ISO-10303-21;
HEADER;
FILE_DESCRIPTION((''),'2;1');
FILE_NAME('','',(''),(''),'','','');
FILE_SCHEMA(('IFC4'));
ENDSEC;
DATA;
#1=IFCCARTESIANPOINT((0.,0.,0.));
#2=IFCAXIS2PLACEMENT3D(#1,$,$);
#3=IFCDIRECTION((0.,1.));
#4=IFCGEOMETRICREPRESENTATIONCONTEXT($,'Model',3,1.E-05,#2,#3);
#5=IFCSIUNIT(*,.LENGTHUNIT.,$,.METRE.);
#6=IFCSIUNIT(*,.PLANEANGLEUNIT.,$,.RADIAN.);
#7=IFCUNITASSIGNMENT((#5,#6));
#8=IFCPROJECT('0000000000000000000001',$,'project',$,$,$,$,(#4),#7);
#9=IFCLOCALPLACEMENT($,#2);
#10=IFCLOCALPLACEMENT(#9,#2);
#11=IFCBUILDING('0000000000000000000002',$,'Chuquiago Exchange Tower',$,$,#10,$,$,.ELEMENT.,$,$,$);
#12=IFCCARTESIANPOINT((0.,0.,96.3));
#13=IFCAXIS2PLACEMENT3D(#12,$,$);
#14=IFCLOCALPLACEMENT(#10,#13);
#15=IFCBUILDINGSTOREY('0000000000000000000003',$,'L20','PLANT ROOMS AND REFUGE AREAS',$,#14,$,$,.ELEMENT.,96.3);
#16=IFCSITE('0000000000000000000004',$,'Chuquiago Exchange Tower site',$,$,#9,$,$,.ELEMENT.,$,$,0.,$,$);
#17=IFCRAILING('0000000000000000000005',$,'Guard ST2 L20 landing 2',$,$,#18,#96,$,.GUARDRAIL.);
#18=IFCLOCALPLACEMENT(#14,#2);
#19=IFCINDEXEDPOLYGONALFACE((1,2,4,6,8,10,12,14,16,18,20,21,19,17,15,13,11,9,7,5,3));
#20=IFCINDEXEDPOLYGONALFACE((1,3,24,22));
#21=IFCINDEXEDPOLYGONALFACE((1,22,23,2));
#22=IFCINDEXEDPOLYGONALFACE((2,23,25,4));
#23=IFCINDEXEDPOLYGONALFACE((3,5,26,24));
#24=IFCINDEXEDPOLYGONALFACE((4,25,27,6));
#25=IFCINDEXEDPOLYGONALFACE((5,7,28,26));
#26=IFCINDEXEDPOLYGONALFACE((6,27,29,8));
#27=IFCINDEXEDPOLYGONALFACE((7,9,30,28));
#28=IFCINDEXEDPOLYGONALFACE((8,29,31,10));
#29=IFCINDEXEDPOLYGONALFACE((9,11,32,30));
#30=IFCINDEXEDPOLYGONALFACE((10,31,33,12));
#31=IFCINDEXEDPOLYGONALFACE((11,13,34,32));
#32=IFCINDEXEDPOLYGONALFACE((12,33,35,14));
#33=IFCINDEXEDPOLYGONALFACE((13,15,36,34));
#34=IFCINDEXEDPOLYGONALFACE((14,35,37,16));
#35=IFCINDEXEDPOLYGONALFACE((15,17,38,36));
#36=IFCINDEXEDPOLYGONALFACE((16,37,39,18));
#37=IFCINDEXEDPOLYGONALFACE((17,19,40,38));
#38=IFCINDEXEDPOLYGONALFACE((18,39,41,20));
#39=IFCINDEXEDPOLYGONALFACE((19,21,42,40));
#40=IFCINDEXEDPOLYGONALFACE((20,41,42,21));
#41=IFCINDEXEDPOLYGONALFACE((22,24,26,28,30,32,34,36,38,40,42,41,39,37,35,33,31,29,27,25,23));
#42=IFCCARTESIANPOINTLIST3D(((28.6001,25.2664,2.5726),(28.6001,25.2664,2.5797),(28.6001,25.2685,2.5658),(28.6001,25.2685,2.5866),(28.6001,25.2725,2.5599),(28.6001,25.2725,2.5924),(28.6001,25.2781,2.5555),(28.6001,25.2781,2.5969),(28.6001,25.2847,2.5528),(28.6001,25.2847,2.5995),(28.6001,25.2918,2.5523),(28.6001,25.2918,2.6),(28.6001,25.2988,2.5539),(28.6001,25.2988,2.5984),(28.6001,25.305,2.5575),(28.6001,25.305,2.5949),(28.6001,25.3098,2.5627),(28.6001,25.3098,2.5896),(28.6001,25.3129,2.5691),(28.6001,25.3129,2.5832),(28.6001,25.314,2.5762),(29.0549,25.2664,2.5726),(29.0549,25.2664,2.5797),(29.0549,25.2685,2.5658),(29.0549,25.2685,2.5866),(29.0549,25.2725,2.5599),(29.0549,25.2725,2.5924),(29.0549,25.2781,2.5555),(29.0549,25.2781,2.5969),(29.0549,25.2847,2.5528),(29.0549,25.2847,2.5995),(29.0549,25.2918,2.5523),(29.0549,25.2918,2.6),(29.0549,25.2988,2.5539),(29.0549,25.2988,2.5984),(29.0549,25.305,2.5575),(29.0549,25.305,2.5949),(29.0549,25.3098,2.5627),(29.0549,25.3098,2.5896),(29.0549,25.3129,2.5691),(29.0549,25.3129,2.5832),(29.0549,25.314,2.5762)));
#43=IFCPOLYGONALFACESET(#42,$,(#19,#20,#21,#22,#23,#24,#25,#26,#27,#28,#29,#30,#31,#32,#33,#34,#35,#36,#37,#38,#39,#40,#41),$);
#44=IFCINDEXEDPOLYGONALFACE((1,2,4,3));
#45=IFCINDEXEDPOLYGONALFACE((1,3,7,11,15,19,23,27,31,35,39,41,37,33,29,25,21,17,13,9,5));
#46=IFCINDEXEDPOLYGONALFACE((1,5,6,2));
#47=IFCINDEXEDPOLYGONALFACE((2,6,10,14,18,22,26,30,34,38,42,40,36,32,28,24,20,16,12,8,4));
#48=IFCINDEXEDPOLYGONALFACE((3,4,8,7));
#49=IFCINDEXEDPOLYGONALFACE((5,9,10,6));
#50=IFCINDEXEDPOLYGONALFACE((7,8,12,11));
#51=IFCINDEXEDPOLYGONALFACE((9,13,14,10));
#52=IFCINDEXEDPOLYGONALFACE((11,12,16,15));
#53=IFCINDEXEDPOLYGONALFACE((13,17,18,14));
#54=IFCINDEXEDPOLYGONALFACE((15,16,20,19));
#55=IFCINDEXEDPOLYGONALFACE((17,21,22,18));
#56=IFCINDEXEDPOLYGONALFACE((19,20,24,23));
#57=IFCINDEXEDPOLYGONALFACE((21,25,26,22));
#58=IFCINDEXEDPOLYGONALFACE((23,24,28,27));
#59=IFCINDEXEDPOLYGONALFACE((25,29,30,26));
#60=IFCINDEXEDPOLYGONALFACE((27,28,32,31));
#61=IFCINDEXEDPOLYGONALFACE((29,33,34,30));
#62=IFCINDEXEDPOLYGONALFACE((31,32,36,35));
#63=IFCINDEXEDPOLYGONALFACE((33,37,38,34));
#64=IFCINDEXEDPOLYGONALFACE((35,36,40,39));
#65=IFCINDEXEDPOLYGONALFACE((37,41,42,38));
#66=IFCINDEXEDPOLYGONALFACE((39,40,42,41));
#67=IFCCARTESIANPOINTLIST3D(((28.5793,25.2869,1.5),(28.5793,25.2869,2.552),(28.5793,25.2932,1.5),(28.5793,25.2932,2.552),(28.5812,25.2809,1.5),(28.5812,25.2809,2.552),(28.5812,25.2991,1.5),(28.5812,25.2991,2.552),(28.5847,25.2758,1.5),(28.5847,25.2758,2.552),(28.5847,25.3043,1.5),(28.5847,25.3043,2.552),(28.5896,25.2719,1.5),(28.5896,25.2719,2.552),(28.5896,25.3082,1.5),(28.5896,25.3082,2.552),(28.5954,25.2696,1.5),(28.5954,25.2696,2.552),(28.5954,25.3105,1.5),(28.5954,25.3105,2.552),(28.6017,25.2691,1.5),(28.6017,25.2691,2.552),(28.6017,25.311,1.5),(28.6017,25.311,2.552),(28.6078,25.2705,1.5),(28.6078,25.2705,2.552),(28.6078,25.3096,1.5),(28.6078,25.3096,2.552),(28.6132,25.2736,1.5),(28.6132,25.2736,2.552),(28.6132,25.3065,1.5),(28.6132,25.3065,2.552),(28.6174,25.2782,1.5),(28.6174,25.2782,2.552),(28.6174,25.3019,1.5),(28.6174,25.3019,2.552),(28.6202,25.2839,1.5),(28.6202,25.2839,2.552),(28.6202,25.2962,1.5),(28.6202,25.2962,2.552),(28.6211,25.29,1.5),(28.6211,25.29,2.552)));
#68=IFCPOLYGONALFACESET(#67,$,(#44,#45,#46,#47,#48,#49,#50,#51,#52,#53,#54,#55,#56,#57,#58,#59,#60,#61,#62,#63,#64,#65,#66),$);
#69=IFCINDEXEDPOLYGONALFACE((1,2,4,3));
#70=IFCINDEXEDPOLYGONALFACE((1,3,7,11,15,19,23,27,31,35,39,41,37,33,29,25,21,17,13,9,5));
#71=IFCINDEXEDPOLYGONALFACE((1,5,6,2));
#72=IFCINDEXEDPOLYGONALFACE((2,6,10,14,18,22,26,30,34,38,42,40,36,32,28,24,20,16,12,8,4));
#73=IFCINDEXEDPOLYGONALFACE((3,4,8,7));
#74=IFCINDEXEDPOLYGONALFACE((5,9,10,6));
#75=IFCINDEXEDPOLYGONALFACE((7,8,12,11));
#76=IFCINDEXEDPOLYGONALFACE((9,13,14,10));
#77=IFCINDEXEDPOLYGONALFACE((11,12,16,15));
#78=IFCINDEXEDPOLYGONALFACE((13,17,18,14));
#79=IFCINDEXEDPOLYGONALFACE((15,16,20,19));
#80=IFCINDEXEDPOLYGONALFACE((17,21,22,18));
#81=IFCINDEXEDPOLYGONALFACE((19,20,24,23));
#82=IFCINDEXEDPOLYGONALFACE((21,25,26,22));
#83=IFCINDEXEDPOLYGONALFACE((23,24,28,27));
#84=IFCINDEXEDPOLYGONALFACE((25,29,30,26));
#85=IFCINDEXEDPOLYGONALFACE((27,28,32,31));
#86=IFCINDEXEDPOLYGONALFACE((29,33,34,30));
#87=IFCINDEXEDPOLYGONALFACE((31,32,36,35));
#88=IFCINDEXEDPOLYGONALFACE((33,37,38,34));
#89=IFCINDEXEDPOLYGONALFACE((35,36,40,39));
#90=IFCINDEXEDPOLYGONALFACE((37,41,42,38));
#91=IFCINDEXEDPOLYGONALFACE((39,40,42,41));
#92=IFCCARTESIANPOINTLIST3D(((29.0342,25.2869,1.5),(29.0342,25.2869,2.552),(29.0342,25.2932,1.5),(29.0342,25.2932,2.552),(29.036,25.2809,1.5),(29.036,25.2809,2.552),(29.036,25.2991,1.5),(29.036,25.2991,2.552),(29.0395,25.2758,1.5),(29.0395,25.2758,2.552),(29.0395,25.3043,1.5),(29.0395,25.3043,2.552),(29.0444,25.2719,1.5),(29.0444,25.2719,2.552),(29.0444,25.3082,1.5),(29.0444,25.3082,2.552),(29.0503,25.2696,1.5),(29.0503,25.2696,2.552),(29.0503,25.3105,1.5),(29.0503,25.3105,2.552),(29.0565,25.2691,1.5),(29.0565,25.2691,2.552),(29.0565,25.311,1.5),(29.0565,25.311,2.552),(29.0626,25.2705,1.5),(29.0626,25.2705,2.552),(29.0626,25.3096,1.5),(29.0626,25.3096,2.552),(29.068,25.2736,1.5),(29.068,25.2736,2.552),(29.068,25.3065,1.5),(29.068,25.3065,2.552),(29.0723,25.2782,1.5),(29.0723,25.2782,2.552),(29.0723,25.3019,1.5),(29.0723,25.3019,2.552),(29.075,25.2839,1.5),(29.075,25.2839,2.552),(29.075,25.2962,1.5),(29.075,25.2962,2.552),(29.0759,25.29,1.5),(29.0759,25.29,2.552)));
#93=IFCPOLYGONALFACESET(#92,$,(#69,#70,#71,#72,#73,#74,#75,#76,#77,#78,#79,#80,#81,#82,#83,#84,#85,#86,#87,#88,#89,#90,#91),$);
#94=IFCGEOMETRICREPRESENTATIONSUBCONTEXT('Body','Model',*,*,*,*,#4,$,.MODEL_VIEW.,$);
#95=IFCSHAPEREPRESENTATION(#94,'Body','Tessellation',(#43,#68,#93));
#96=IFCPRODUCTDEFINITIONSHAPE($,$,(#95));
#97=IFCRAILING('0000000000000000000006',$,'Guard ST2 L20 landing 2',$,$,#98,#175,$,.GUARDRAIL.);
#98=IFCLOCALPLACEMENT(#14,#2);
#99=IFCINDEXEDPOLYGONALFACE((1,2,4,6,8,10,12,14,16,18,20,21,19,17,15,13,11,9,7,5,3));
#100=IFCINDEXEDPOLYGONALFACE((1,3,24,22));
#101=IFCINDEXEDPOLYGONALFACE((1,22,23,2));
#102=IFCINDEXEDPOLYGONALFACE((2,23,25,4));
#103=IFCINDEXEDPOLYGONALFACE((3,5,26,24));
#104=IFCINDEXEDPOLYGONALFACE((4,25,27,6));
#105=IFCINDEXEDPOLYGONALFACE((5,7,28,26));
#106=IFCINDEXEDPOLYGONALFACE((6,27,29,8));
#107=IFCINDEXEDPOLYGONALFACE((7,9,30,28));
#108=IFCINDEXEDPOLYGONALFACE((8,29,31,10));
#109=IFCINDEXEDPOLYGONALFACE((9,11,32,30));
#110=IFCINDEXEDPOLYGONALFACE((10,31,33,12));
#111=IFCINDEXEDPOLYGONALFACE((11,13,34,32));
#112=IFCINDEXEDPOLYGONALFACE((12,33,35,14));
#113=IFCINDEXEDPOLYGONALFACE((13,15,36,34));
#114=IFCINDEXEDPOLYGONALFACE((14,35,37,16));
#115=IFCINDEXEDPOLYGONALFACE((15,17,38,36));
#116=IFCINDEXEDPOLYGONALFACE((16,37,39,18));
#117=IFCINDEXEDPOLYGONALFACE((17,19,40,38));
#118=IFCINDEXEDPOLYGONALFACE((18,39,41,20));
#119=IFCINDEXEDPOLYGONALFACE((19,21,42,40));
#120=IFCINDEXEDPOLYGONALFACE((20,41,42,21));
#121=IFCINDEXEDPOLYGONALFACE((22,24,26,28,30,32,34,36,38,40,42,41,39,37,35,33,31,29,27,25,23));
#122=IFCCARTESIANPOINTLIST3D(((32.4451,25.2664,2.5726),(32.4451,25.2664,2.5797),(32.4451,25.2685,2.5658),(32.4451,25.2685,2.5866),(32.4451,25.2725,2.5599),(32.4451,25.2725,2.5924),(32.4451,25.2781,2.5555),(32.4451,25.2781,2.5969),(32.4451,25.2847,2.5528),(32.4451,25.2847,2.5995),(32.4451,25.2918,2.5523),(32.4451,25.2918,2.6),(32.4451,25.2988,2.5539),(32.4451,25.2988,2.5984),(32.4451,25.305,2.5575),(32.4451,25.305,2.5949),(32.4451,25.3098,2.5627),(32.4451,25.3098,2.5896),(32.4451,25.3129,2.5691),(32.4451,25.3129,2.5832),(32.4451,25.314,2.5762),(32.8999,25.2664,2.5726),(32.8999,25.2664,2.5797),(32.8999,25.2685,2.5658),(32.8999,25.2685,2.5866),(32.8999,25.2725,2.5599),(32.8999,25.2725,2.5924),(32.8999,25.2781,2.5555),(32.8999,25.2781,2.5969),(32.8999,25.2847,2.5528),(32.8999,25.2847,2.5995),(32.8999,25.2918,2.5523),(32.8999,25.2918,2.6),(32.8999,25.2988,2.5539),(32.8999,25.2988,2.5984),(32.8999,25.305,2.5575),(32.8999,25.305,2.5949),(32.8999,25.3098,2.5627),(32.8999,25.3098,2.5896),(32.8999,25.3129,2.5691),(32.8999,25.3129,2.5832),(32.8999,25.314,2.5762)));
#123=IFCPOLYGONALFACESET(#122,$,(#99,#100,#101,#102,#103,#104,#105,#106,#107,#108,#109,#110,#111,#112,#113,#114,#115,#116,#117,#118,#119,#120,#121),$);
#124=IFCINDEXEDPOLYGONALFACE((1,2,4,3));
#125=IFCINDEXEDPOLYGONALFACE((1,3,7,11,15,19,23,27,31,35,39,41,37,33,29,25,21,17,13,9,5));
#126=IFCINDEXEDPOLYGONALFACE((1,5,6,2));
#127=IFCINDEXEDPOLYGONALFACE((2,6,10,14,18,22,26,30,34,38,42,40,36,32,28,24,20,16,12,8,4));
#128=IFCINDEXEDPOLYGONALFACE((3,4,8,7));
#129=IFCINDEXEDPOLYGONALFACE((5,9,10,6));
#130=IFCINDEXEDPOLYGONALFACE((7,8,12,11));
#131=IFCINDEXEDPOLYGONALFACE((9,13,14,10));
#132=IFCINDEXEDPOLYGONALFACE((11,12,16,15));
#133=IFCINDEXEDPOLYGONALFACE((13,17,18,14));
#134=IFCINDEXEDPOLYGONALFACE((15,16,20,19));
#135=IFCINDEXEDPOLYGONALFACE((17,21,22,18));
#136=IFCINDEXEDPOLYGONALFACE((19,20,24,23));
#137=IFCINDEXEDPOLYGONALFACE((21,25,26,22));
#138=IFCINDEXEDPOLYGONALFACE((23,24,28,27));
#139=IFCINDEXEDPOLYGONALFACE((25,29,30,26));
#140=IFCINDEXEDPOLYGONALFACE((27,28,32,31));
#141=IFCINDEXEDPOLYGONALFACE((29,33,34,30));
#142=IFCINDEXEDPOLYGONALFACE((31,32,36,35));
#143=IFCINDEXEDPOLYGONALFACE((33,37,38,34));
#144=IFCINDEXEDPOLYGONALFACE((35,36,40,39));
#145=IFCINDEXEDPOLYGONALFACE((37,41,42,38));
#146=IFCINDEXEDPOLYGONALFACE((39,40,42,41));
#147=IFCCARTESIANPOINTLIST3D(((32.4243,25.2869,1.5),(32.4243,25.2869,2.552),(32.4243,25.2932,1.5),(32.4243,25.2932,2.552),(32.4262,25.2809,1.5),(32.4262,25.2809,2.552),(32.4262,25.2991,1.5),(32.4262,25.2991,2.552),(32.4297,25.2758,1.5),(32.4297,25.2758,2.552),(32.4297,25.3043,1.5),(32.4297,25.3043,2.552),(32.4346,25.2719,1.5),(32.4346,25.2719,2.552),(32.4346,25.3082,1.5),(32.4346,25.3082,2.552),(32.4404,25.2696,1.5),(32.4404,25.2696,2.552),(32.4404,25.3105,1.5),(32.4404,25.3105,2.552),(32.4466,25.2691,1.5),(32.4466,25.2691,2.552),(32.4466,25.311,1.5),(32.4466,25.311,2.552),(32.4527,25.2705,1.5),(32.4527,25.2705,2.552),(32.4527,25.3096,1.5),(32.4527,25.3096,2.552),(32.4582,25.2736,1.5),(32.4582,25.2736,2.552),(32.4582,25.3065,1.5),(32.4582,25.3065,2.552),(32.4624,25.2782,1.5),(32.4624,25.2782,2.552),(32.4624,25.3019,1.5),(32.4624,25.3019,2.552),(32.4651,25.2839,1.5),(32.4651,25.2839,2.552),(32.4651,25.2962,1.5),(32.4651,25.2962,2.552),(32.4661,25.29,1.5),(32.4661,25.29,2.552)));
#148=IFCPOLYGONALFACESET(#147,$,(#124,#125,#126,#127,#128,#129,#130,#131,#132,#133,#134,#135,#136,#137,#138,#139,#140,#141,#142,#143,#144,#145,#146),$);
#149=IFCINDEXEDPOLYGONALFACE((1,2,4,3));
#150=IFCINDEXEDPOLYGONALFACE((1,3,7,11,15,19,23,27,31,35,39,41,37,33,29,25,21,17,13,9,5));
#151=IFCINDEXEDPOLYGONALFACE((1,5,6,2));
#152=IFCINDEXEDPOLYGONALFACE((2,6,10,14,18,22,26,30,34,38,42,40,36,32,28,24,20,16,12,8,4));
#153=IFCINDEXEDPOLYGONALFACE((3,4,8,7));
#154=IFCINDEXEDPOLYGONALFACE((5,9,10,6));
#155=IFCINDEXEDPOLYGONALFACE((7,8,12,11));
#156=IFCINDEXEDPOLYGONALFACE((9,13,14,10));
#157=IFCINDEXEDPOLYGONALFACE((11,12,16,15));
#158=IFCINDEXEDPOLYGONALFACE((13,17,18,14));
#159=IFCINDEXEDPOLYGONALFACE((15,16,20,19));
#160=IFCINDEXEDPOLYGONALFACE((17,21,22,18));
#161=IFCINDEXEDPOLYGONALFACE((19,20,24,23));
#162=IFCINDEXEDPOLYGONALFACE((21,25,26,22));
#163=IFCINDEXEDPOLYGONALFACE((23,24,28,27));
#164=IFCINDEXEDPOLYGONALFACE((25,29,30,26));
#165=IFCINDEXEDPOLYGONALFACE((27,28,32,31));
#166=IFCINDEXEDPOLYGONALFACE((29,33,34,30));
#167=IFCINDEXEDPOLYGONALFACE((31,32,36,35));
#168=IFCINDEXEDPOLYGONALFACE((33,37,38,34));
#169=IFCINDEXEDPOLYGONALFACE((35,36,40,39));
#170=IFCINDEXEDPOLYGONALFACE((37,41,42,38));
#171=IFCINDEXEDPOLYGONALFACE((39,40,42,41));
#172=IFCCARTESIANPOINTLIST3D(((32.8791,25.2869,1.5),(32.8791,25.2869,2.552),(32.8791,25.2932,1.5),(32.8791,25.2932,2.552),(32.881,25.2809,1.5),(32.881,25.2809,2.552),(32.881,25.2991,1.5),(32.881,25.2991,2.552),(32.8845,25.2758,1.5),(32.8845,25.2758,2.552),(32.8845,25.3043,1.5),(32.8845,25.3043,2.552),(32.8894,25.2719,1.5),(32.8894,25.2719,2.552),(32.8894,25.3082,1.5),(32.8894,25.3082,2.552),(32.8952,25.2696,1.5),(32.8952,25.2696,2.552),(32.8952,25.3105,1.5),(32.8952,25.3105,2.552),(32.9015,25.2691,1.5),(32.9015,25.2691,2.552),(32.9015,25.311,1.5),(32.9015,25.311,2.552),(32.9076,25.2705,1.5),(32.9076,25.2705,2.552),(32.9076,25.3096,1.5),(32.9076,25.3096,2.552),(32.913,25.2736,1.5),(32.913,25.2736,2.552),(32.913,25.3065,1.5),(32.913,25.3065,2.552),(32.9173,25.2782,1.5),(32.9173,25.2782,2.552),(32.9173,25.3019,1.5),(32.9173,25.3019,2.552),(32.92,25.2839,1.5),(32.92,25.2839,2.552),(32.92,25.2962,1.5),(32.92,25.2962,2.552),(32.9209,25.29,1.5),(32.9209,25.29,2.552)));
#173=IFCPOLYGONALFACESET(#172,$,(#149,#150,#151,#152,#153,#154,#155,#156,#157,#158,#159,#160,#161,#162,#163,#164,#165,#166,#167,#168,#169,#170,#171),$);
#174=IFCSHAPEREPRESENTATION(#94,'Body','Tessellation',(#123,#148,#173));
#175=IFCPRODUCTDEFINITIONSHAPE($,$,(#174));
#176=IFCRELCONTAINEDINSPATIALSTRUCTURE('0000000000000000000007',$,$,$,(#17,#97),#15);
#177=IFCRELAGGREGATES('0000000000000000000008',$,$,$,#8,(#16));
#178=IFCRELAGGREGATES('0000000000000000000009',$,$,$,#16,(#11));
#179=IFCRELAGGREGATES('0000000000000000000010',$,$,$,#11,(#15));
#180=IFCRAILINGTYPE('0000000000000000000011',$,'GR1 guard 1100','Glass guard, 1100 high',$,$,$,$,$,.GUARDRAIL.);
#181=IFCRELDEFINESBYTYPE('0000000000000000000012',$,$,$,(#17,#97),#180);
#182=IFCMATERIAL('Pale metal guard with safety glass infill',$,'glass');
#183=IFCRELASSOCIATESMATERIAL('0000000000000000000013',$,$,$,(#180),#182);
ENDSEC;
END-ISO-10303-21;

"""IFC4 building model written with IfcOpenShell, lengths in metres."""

from ifc_helpers import new_model, si_unit, direction, frame, origin, origin_2d, place, context, subcontext, project, spatial, circle, extrude, material, type_object, element, save


model = new_model("IFC4")

# Units and contexts
model_context = context("Model", 3, precision=1e-05, world=origin(), true_north=direction((0.0, 1.0)))
body_context = subcontext(model_context, "Body", "Model", "MODEL_VIEW")
ifc_project = project(units=[si_unit("LENGTHUNIT", "METRE"), si_unit("PLANEANGLEUNIT", "RADIAN")], contexts=[model_context])

# Site, building, storey
site_placement = place(None, origin())
site = spatial("IfcSite", under=ifc_project, at=site_placement, Name="Chuquiago Exchange Tower site", CompositionType="ELEMENT", RefElevation=0.0)
building_placement = place(site_placement, origin())
building = spatial("IfcBuilding", under=site, at=building_placement, Name="Chuquiago Exchange Tower", CompositionType="ELEMENT")
storey_placement = place(building_placement, frame((0.0, 0.0, 96.3)))
storey = spatial("IfcBuildingStorey", under=building, at=storey_placement, Name="L20", Description="PLANT ROOMS AND REFUGE AREAS", CompositionType="ELEMENT", Elevation=96.3)

# Railings
ifc_material_1 = material(Name="Pale metal guard with safety glass infill", Category="glass")
railing_type_1 = type_object("IfcRailingType", Name="GR1 guard 1100", Description="Glass guard, 1100 high", PredefinedType="GUARDRAIL", material=ifc_material_1)
for number, where, name in (
    (1, (28.6001, 25.29, 1.5), "Guard ST2 L20 landing 2"),
    (2, (32.4451, 25.29, 1.5), "Guard ST2 L20 landing 2"),
):
    element("IfcRailing", number, at=place(storey_placement, frame(where)), inside=storey, type_object=railing_type_1, Name=name, PredefinedType="GUARDRAIL", context=body_context, shape_type="SweptSolid", body=[
        extrude(circle(Radius=0.0239, at=origin_2d()), frame((0.0, 0.0, 1.0762), z_axis=(1.0, 0.0, 0.0), x_axis=(0.0, 1.0, 0.0)), (0.0, 0.0, 1.0), 0.4548),
        extrude(circle(Radius=0.021, at=origin_2d()), origin(), (0.0, 0.0, 1.0), 1.052),
        extrude(circle(Radius=0.021, at=origin_2d()), frame((0.4548, 0.0, 0.0)), (0.0, 0.0, 1.0), 1.052),
    ])

save(model, "model.ifc")
